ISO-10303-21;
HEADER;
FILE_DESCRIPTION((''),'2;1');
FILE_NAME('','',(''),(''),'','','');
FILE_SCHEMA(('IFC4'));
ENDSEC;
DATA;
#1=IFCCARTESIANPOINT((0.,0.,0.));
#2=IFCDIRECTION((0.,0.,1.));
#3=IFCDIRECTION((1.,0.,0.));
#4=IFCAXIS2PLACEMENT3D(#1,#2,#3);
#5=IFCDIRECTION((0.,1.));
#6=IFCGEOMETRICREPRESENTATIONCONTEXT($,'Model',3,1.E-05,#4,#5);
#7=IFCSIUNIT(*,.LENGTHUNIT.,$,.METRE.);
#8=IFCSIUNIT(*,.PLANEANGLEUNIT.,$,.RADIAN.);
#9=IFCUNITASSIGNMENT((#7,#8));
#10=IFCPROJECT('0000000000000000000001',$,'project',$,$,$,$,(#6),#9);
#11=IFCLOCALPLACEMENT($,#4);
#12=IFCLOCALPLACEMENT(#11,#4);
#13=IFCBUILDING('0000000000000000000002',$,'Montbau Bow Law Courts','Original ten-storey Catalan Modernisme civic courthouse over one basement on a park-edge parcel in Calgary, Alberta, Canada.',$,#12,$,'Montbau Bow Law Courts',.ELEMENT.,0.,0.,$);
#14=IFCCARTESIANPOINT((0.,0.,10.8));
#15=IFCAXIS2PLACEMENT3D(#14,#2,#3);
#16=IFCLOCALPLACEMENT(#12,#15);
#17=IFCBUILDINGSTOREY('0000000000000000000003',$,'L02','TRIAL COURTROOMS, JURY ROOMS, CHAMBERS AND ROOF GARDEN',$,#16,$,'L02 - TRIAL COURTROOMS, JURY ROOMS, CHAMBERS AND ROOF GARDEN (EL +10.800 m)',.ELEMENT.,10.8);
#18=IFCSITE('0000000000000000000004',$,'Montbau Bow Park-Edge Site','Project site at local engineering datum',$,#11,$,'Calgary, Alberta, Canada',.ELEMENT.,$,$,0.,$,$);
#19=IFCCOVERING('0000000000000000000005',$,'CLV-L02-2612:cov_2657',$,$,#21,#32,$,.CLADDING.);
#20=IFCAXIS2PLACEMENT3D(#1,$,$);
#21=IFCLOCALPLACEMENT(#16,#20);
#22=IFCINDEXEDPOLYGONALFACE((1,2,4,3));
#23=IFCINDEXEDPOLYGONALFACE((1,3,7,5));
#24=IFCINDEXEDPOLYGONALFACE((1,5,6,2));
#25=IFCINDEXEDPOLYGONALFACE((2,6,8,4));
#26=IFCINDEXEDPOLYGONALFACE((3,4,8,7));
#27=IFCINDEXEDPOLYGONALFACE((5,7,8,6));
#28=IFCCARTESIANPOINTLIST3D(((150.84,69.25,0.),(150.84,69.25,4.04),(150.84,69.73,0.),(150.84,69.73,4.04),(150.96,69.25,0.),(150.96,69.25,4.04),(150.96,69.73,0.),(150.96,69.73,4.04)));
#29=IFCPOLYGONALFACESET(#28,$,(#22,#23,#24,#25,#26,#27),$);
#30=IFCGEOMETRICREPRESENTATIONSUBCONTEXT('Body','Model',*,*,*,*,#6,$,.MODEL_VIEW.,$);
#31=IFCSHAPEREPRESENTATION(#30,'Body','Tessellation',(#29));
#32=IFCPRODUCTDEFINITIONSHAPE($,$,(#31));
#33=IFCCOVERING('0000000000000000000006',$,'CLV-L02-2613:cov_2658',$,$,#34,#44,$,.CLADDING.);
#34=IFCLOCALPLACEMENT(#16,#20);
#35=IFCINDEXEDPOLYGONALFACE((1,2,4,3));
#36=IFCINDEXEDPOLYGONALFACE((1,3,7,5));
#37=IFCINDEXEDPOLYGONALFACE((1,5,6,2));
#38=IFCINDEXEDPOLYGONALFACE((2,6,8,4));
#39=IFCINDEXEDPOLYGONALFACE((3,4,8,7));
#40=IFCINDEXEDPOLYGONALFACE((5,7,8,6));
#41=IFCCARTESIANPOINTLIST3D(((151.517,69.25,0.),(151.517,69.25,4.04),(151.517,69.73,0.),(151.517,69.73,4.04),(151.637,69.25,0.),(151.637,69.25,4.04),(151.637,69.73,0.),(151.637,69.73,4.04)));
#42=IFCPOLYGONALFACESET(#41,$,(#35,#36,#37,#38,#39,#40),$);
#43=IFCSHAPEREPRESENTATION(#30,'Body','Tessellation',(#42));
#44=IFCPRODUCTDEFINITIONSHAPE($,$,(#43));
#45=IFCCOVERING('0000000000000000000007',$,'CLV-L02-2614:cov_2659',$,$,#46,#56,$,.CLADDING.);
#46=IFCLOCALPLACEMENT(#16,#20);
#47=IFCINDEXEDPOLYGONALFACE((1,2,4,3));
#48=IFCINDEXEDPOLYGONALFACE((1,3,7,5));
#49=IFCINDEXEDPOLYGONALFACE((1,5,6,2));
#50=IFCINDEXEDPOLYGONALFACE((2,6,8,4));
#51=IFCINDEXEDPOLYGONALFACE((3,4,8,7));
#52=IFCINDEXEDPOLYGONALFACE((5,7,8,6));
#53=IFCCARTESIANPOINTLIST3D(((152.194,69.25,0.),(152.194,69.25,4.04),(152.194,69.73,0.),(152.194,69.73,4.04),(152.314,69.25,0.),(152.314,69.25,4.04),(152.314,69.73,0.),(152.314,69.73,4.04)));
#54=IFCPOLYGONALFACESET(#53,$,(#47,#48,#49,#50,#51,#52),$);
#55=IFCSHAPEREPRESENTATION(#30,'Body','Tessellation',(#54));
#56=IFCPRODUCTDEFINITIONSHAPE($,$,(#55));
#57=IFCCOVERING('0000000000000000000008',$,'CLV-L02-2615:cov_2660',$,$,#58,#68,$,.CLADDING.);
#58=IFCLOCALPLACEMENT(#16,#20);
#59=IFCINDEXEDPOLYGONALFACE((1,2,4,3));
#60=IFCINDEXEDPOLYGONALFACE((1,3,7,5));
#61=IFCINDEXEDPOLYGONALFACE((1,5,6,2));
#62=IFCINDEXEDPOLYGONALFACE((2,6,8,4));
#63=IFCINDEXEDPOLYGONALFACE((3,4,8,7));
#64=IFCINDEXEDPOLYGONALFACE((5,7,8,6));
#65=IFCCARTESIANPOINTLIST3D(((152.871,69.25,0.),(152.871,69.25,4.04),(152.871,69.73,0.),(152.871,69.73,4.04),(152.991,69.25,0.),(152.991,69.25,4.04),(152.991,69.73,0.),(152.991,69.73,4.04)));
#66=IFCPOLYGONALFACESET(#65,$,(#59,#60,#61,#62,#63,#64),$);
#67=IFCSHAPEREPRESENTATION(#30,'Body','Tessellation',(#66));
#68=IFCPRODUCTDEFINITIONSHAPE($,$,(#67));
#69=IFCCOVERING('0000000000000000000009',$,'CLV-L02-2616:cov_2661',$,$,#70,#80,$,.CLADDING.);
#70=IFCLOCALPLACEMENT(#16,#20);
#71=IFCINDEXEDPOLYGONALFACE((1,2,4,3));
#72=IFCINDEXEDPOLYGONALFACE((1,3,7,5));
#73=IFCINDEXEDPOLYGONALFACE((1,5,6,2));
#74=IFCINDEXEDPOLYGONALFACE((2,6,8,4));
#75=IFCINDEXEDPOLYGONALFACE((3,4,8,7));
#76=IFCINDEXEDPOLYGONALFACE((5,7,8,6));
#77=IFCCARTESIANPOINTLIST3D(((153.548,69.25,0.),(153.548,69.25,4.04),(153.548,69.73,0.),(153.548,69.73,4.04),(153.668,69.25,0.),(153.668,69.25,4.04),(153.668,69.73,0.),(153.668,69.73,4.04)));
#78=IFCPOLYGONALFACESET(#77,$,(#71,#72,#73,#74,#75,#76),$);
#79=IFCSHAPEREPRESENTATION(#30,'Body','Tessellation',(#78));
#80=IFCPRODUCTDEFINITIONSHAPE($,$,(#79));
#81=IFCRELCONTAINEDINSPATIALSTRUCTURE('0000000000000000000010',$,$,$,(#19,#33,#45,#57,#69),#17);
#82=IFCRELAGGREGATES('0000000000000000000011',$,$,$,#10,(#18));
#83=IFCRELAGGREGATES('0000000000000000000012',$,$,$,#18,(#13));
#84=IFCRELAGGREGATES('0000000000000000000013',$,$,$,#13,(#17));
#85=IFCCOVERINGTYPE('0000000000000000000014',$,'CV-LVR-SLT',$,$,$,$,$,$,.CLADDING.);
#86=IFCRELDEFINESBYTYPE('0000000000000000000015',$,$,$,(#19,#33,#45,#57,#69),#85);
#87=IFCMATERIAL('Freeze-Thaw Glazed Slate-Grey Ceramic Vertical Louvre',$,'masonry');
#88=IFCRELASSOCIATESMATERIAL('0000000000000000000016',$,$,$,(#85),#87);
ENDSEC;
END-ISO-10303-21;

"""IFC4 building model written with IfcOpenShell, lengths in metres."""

from ifc_helpers import new_model, si_unit, direction, frame, frame_2d, origin_with_axes, place, context, subcontext, project, spatial, rectangle, extrude, material, type_object, element, save


model = new_model("IFC4")

# Units and contexts
model_context = context("Model", 3, precision=1e-05, world=origin_with_axes(), true_north=direction((0.0, 1.0)))
body_context = subcontext(model_context, "Body", "Model", "MODEL_VIEW")
ifc_project = project(units=[si_unit("LENGTHUNIT", "METRE"), si_unit("PLANEANGLEUNIT", "RADIAN")], contexts=[model_context])

# Site, building, storey
site_placement = place(None, origin_with_axes())
site = spatial("IfcSite", under=ifc_project, at=site_placement, Name="Montbau Bow Park-Edge Site", Description="Project site at local engineering datum", LongName="Calgary, Alberta, Canada", CompositionType="ELEMENT", RefElevation=0.0)
building_placement = place(site_placement, origin_with_axes())
building = spatial("IfcBuilding", under=site, at=building_placement, Name="Montbau Bow Law Courts", Description="Original ten-storey Catalan Modernisme civic courthouse over one basement on a park-edge parcel in Calgary, Alberta, Canada.", LongName="Montbau Bow Law Courts", CompositionType="ELEMENT", ElevationOfRefHeight=0.0, ElevationOfTerrain=0.0)
storey_placement = place(building_placement, frame((0.0, 0.0, 10.8), z_axis=(0.0, 0.0, 1.0), x_axis=(1.0, 0.0, 0.0)))
storey = spatial("IfcBuildingStorey", under=building, at=storey_placement, Name="L02", Description="TRIAL COURTROOMS, JURY ROOMS, CHAMBERS AND ROOF GARDEN", LongName="L02 - TRIAL COURTROOMS, JURY ROOMS, CHAMBERS AND ROOF GARDEN (EL +10.800 m)", CompositionType="ELEMENT", Elevation=10.8)

# Coverings
ifc_material_1 = material(Name="Freeze-Thaw Glazed Slate-Grey Ceramic Vertical Louvre", Category="masonry")
covering_type = type_object("IfcCoveringType", Name="CV-LVR-SLT", PredefinedType="CLADDING", material=ifc_material_1)
for number, where, z_axis, x_axis, name in (
    (1, (150.9, 69.73, 10.8), (-1.0, 0.0, 0.0), (0.0, -1.0, 0.0), "CLV-L02-2612:cov_2657"),
    (2, (151.577, 69.73, 10.8), (-1.0, 0.0, 0.0), (0.0, -1.0, 0.0), "CLV-L02-2613:cov_2658"),
    (3, (152.254, 69.73, 10.8), (-1.0, 0.0, 0.0), (0.0, -1.0, 0.0), "CLV-L02-2614:cov_2659"),
    (4, (152.931, 69.73, 10.8), (-1.0, 0.0, 0.0), (0.0, -1.0, 0.0), "CLV-L02-2615:cov_2660"),
    (5, (153.608, 69.73, 10.8), (-1.0, 0.0, 0.0), (0.0, -1.0, 0.0), "CLV-L02-2616:cov_2661"),
):
    element("IfcCovering", number, at=place(None, frame(where, z_axis=z_axis, x_axis=x_axis)), inside=storey, type_object=covering_type, Name=name, PredefinedType="CLADDING", context=body_context, shape_type="SweptSolid", body=[
        extrude(rectangle(XDim=0.48, YDim=4.04, at=frame_2d((0.24, 2.02), x_axis=(1.0, 0.0))), frame((0.0, 0.0, -0.06), z_axis=(0.0, 0.0, 1.0), x_axis=(1.0, 0.0, 0.0)), (0.0, 0.0, 1.0), 0.12),
    ])

save(model, "model.ifc")
